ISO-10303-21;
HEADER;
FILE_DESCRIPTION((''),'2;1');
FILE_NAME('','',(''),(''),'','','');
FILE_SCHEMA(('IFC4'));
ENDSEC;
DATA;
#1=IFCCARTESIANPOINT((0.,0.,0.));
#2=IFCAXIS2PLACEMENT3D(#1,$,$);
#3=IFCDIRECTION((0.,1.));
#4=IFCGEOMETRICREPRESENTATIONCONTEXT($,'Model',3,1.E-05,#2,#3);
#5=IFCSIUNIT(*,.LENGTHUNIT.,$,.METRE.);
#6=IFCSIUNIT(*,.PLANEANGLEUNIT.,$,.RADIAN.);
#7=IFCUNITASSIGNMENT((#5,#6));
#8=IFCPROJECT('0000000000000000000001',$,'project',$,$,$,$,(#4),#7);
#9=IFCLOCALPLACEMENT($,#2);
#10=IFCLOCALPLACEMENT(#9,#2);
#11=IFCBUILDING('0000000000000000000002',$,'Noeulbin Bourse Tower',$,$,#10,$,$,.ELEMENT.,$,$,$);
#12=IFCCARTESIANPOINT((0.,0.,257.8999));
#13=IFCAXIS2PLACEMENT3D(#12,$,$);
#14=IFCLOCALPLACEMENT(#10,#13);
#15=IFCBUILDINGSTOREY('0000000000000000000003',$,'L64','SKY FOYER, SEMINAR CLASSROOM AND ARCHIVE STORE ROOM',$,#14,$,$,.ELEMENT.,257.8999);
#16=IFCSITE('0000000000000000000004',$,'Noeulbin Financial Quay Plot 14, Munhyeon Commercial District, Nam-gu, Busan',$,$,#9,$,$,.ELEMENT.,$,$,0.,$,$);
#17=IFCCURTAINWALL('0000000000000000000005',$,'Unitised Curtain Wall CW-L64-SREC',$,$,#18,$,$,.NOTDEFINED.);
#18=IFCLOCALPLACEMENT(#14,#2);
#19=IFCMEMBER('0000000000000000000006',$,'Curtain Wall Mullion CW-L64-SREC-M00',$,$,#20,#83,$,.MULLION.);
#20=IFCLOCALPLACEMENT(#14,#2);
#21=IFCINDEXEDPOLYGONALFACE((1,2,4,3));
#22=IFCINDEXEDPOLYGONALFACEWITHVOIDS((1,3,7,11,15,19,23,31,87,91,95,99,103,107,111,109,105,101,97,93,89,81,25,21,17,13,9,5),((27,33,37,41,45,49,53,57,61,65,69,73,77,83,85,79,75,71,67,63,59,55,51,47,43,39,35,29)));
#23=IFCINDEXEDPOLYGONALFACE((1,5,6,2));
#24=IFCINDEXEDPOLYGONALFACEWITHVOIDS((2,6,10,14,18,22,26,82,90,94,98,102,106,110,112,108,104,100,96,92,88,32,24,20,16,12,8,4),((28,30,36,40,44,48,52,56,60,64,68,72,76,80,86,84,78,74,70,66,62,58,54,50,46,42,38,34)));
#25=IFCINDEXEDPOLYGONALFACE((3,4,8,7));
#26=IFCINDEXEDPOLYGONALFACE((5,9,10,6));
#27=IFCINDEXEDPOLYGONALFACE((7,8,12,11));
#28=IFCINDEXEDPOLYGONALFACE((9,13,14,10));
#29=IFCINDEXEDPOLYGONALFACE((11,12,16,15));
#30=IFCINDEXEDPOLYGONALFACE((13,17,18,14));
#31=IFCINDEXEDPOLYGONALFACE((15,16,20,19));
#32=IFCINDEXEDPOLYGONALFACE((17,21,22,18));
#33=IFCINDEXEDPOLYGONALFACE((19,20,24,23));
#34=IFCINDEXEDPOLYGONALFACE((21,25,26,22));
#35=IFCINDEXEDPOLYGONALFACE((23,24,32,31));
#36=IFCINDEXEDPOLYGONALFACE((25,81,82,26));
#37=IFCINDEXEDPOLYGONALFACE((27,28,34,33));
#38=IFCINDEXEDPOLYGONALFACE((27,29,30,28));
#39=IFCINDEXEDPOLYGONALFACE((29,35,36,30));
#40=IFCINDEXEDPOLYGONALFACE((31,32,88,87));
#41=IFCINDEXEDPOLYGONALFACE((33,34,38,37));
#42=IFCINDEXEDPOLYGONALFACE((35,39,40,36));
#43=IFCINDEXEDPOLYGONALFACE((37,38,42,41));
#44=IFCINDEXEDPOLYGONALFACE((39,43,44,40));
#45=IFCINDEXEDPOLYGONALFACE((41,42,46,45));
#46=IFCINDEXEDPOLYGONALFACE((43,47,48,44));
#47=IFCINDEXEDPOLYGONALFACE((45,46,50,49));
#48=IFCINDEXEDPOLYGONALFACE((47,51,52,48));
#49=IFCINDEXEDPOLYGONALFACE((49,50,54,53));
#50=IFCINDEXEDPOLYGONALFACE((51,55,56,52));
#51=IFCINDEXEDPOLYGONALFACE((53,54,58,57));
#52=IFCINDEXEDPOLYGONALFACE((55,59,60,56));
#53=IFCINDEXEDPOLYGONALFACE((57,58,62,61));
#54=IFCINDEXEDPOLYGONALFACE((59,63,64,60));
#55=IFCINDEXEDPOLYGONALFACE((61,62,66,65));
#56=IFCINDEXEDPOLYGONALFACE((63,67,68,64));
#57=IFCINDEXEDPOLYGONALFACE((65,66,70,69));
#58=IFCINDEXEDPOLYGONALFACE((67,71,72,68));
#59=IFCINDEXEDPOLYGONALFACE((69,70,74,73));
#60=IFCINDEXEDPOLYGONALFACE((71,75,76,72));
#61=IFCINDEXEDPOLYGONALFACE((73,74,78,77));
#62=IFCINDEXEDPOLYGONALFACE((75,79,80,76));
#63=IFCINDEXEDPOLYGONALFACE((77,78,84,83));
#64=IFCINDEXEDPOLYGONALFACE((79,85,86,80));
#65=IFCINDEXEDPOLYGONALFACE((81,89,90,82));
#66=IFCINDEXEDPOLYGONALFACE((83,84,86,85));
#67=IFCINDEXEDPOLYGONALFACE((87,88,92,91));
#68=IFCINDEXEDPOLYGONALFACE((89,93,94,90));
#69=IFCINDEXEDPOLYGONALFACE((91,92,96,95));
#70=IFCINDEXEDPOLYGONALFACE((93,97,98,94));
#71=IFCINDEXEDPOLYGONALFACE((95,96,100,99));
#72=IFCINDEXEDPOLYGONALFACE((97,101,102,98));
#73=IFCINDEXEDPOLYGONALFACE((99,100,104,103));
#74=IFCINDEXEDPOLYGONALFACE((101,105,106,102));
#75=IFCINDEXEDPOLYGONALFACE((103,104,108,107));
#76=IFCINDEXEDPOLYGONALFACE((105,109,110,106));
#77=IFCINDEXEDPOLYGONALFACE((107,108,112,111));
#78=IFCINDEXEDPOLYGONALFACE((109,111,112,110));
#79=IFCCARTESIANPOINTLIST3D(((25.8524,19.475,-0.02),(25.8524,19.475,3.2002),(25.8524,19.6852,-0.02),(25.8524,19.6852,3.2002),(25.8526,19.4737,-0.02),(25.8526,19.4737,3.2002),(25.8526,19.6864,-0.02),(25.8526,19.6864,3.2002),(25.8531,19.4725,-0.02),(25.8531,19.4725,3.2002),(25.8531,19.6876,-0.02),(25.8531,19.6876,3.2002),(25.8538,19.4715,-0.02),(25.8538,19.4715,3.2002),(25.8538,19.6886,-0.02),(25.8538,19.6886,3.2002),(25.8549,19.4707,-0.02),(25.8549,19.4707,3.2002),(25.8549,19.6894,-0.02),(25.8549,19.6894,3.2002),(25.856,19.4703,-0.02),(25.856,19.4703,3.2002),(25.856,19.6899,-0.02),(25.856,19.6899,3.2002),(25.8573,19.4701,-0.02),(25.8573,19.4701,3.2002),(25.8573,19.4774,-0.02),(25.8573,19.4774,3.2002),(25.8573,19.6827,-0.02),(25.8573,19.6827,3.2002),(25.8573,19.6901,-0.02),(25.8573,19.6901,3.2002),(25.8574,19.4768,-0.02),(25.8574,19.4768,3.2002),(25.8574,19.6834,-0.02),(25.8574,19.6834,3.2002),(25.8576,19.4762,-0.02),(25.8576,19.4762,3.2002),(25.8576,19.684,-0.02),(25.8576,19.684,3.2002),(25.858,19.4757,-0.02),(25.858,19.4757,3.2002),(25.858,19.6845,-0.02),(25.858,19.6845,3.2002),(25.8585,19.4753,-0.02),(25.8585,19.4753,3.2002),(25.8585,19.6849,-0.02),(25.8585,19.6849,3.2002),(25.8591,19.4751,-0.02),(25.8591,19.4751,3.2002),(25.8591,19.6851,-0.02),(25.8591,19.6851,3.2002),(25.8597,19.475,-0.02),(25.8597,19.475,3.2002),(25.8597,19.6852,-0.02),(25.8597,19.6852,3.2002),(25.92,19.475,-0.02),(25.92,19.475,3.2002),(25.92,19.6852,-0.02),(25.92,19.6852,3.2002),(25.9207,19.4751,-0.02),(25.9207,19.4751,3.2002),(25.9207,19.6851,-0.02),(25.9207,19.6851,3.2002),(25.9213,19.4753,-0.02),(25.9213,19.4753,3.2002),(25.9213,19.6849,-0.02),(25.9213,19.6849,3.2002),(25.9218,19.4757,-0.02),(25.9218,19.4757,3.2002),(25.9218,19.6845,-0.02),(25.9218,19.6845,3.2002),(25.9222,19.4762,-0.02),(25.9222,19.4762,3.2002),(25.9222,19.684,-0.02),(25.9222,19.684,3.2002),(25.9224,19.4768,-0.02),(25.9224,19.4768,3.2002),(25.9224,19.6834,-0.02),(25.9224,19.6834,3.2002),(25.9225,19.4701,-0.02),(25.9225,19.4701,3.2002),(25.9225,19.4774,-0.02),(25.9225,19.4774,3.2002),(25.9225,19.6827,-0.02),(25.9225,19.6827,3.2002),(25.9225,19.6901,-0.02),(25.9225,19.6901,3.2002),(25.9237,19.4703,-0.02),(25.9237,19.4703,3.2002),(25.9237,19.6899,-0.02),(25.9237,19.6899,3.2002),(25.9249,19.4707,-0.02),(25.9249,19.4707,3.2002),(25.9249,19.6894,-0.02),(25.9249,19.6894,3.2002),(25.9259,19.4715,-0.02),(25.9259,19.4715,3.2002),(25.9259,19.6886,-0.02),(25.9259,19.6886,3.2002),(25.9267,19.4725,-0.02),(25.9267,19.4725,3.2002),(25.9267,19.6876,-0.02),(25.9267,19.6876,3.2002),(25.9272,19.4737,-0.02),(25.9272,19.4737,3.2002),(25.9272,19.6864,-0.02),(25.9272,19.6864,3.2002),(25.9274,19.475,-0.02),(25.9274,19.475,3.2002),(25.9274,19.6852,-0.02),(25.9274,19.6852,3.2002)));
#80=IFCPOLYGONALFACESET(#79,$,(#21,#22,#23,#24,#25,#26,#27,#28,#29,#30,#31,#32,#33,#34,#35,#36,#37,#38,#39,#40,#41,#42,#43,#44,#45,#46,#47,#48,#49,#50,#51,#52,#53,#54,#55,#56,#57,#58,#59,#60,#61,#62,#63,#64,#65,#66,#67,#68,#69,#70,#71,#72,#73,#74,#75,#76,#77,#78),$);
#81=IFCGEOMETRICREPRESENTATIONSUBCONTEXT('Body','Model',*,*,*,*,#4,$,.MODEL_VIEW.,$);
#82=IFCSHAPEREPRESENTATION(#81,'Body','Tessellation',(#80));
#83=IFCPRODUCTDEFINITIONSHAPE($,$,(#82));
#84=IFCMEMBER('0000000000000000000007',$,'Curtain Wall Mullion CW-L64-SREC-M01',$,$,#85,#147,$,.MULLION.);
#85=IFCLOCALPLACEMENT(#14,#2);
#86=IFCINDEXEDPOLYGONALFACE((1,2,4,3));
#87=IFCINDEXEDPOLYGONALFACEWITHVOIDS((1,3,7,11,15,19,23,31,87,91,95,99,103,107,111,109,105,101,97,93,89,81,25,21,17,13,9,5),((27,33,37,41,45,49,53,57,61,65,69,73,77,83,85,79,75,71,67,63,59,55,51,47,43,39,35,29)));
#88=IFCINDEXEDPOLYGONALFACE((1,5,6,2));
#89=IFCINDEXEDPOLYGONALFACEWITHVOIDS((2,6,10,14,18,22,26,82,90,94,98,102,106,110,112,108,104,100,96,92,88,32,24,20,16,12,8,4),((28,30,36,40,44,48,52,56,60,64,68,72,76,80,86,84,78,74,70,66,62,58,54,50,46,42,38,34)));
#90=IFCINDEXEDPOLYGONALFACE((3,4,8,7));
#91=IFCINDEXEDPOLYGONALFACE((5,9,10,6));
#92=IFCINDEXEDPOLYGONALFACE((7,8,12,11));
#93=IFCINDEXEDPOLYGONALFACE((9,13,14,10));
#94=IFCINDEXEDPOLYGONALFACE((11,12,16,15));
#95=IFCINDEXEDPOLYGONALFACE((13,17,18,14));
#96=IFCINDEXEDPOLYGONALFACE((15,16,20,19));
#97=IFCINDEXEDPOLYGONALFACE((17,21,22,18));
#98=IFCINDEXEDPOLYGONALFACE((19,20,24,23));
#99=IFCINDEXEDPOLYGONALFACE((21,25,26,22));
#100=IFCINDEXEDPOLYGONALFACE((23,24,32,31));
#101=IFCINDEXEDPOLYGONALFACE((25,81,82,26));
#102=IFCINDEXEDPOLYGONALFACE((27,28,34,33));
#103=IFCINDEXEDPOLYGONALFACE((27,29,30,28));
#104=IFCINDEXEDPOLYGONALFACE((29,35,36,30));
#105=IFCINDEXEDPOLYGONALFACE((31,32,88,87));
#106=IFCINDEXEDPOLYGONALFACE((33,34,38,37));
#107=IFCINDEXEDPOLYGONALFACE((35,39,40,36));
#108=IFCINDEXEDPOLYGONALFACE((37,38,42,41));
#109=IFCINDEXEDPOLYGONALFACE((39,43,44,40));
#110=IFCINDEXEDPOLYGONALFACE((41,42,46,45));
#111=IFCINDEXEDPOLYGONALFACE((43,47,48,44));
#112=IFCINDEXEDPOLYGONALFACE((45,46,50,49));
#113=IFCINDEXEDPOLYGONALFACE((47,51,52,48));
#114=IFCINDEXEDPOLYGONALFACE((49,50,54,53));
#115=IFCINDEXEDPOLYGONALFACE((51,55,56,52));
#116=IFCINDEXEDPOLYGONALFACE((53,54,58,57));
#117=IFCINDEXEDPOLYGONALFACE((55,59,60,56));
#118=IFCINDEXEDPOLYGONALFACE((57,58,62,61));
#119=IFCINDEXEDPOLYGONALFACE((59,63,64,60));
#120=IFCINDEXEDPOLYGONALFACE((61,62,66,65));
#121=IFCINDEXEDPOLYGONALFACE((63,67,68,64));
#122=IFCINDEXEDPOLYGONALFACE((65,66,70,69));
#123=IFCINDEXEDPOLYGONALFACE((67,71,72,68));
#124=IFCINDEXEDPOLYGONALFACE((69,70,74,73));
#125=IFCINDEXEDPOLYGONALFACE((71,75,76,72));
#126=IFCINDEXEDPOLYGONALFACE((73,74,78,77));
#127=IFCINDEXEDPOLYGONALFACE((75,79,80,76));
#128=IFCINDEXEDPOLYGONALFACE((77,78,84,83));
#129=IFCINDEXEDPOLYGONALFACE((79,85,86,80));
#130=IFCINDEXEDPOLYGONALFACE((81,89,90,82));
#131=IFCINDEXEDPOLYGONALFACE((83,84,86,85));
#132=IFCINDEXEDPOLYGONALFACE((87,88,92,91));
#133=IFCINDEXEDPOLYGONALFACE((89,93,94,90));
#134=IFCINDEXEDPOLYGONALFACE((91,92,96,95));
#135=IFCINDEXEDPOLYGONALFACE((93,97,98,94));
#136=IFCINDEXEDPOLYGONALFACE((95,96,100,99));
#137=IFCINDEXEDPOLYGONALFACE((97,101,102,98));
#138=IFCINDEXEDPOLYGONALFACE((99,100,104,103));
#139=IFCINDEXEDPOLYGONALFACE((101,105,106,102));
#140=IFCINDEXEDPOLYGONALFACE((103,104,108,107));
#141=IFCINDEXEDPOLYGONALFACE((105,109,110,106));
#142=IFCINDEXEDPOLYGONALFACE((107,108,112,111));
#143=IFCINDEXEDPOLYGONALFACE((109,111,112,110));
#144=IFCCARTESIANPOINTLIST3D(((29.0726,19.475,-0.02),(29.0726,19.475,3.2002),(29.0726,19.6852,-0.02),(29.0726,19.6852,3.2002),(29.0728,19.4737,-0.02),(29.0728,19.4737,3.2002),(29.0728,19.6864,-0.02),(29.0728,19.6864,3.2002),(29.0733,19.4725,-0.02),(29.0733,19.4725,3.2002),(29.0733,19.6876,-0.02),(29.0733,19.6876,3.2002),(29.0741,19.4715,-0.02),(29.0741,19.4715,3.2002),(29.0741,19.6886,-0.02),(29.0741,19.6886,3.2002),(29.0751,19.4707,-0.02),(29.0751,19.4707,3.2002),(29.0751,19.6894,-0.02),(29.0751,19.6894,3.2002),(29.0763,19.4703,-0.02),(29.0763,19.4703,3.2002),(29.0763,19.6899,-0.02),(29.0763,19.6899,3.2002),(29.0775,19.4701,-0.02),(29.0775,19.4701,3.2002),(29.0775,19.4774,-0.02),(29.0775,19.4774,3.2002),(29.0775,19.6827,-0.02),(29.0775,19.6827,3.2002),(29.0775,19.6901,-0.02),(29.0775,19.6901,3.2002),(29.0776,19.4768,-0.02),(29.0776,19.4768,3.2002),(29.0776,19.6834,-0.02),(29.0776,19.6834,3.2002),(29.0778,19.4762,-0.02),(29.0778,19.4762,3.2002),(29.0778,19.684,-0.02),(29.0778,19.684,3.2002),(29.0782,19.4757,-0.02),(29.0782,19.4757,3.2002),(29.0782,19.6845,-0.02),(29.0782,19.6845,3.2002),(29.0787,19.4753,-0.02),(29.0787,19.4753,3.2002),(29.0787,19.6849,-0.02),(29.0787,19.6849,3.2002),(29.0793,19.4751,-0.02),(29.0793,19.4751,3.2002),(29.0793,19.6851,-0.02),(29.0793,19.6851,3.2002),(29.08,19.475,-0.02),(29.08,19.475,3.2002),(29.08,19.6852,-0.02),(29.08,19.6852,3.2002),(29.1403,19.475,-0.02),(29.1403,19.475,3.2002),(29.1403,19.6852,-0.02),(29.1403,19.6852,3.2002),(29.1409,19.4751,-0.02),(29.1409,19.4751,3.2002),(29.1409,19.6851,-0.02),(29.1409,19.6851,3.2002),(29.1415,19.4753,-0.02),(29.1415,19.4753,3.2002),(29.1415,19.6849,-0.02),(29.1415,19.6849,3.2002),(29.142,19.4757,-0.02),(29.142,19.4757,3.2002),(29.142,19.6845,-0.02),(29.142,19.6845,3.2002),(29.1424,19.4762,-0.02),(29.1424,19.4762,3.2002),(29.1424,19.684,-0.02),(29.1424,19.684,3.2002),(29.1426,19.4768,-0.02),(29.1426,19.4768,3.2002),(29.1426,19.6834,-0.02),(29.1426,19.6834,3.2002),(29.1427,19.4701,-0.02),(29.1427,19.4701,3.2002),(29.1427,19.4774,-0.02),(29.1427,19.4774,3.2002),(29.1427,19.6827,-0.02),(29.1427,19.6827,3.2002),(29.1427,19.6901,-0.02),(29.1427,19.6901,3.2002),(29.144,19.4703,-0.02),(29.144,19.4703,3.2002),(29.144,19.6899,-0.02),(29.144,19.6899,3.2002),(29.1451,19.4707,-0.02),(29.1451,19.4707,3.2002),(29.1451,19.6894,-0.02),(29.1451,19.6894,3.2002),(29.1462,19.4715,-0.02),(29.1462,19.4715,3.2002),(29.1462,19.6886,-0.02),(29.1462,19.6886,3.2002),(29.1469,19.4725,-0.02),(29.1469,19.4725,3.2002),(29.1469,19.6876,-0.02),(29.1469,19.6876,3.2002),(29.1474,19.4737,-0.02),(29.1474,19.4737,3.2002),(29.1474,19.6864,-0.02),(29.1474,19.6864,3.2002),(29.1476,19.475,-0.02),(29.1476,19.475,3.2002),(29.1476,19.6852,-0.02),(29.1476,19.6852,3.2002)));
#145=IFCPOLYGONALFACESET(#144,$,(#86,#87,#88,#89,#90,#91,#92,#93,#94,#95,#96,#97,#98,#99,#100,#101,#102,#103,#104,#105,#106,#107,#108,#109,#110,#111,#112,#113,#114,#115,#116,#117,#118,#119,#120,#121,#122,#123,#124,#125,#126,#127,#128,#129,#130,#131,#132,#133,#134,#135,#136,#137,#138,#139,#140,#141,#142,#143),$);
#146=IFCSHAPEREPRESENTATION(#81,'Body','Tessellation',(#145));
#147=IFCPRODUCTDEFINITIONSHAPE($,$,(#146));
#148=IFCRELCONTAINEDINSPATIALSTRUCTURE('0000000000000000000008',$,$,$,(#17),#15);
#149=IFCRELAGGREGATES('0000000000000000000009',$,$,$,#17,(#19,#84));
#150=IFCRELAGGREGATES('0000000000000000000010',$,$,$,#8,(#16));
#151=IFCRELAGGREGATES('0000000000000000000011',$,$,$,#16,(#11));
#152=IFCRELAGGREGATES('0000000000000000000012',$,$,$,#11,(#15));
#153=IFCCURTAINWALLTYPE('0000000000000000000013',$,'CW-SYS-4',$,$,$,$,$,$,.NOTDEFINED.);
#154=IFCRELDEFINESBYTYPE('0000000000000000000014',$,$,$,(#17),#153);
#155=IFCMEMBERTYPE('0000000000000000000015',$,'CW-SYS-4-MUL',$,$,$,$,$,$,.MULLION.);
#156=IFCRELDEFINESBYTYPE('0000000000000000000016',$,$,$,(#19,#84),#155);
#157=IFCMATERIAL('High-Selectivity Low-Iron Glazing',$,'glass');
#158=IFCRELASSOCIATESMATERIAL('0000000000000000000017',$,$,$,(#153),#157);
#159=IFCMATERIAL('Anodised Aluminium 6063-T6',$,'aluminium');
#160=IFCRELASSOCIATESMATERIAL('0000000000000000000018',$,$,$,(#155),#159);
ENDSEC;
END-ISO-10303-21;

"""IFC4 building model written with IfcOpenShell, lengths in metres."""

from ifc_helpers import new_model, si_unit, direction, frame, origin, origin_2d, place, context, subcontext, project, spatial, hollow_rectangle, extrude, material, material_profile, profile_set, type_object, element, aggregate, save


model = new_model("IFC4")

# Units and contexts
model_context = context("Model", 3, precision=1e-05, world=origin(), true_north=direction((0.0, 1.0)))
body_context = subcontext(model_context, "Body", "Model", "MODEL_VIEW")
ifc_project = project(units=[si_unit("LENGTHUNIT", "METRE"), si_unit("PLANEANGLEUNIT", "RADIAN")], contexts=[model_context])

# Site, building, storey
site_placement = place(None, origin())
site = spatial("IfcSite", under=ifc_project, at=site_placement, Name="Noeulbin Financial Quay Plot 14, Munhyeon Commercial District, Nam-gu, Busan", CompositionType="ELEMENT", RefElevation=0.0)
building_placement = place(site_placement, origin())
building = spatial("IfcBuilding", under=site, at=building_placement, Name="Noeulbin Bourse Tower", CompositionType="ELEMENT")
storey_placement = place(building_placement, frame((0.0, 0.0, 257.8999)))
storey = spatial("IfcBuildingStorey", under=building, at=storey_placement, Name="L64", Description="SKY FOYER, SEMINAR CLASSROOM AND ARCHIVE STORE ROOM", CompositionType="ELEMENT", Elevation=257.8999)

# Curtain wall, members
ifc_material_1 = material(Name="High-Selectivity Low-Iron Glazing", Category="glass")
curtain_wall_type = type_object("IfcCurtainWallType", Name="CW-SYS-4", PredefinedType="NOTDEFINED", material=ifc_material_1)
curtain_wall_1_placement = place(storey_placement, origin())
curtain_wall_1 = element("IfcCurtainWall", 1, at=curtain_wall_1_placement, inside=storey, type_object=curtain_wall_type, Name="Unitised Curtain Wall CW-L64-SREC", PredefinedType="NOTDEFINED")
ifc_material_2 = material(Name="Anodised Aluminium 6063-T6", Category="aluminium")
ifc_material_profile_1 = material_profile(ifc_material_2, hollow_rectangle(XDim=0.075, YDim=0.22, WallThickness=0.0049, InnerFilletRadius=0.0024, OuterFilletRadius=0.0049, at=origin_2d()), Name="ALU-MULL-75x220x5", Category="LoadBearing")
ifc_profile_set_1 = profile_set([ifc_material_profile_1], Name="Anodised Aluminium 6063-T6")
member_type_1 = type_object("IfcMemberType", Name="CW-SYS-4-MUL", PredefinedType="MULLION", material=ifc_profile_set_1)
member_1_placement = place(storey_placement, frame((25.8899, 19.5801, -0.02), z_axis=(0.0, 0.0, 1.0), x_axis=(1.0, 0.0, 0.0)))
member_1 = element("IfcMember", 2, at=member_1_placement, type_object=member_type_1, Name="Curtain Wall Mullion CW-L64-SREC-M00", PredefinedType="MULLION", context=body_context, shape_type="SweptSolid", body=[
    extrude(hollow_rectangle(XDim=0.075, YDim=0.22, WallThickness=0.0049, InnerFilletRadius=0.0024, OuterFilletRadius=0.0049, at=origin_2d()), origin(), (0.0, 0.0, 1.0), 3.2202),
])
member_2_placement = place(storey_placement, frame((29.1101, 19.5801, -0.02), z_axis=(0.0, 0.0, 1.0), x_axis=(1.0, 0.0, 0.0)))
member_2 = element("IfcMember", 3, at=member_2_placement, type_object=member_type_1, Name="Curtain Wall Mullion CW-L64-SREC-M01", PredefinedType="MULLION", context=body_context, shape_type="SweptSolid", body=[
    extrude(hollow_rectangle(XDim=0.075, YDim=0.22, WallThickness=0.0049, InnerFilletRadius=0.0024, OuterFilletRadius=0.0049, at=origin_2d()), origin(), (0.0, 0.0, 1.0), 3.2202),
])

aggregate(curtain_wall_1, [member_1, member_2])

save(model, "model.ifc")
